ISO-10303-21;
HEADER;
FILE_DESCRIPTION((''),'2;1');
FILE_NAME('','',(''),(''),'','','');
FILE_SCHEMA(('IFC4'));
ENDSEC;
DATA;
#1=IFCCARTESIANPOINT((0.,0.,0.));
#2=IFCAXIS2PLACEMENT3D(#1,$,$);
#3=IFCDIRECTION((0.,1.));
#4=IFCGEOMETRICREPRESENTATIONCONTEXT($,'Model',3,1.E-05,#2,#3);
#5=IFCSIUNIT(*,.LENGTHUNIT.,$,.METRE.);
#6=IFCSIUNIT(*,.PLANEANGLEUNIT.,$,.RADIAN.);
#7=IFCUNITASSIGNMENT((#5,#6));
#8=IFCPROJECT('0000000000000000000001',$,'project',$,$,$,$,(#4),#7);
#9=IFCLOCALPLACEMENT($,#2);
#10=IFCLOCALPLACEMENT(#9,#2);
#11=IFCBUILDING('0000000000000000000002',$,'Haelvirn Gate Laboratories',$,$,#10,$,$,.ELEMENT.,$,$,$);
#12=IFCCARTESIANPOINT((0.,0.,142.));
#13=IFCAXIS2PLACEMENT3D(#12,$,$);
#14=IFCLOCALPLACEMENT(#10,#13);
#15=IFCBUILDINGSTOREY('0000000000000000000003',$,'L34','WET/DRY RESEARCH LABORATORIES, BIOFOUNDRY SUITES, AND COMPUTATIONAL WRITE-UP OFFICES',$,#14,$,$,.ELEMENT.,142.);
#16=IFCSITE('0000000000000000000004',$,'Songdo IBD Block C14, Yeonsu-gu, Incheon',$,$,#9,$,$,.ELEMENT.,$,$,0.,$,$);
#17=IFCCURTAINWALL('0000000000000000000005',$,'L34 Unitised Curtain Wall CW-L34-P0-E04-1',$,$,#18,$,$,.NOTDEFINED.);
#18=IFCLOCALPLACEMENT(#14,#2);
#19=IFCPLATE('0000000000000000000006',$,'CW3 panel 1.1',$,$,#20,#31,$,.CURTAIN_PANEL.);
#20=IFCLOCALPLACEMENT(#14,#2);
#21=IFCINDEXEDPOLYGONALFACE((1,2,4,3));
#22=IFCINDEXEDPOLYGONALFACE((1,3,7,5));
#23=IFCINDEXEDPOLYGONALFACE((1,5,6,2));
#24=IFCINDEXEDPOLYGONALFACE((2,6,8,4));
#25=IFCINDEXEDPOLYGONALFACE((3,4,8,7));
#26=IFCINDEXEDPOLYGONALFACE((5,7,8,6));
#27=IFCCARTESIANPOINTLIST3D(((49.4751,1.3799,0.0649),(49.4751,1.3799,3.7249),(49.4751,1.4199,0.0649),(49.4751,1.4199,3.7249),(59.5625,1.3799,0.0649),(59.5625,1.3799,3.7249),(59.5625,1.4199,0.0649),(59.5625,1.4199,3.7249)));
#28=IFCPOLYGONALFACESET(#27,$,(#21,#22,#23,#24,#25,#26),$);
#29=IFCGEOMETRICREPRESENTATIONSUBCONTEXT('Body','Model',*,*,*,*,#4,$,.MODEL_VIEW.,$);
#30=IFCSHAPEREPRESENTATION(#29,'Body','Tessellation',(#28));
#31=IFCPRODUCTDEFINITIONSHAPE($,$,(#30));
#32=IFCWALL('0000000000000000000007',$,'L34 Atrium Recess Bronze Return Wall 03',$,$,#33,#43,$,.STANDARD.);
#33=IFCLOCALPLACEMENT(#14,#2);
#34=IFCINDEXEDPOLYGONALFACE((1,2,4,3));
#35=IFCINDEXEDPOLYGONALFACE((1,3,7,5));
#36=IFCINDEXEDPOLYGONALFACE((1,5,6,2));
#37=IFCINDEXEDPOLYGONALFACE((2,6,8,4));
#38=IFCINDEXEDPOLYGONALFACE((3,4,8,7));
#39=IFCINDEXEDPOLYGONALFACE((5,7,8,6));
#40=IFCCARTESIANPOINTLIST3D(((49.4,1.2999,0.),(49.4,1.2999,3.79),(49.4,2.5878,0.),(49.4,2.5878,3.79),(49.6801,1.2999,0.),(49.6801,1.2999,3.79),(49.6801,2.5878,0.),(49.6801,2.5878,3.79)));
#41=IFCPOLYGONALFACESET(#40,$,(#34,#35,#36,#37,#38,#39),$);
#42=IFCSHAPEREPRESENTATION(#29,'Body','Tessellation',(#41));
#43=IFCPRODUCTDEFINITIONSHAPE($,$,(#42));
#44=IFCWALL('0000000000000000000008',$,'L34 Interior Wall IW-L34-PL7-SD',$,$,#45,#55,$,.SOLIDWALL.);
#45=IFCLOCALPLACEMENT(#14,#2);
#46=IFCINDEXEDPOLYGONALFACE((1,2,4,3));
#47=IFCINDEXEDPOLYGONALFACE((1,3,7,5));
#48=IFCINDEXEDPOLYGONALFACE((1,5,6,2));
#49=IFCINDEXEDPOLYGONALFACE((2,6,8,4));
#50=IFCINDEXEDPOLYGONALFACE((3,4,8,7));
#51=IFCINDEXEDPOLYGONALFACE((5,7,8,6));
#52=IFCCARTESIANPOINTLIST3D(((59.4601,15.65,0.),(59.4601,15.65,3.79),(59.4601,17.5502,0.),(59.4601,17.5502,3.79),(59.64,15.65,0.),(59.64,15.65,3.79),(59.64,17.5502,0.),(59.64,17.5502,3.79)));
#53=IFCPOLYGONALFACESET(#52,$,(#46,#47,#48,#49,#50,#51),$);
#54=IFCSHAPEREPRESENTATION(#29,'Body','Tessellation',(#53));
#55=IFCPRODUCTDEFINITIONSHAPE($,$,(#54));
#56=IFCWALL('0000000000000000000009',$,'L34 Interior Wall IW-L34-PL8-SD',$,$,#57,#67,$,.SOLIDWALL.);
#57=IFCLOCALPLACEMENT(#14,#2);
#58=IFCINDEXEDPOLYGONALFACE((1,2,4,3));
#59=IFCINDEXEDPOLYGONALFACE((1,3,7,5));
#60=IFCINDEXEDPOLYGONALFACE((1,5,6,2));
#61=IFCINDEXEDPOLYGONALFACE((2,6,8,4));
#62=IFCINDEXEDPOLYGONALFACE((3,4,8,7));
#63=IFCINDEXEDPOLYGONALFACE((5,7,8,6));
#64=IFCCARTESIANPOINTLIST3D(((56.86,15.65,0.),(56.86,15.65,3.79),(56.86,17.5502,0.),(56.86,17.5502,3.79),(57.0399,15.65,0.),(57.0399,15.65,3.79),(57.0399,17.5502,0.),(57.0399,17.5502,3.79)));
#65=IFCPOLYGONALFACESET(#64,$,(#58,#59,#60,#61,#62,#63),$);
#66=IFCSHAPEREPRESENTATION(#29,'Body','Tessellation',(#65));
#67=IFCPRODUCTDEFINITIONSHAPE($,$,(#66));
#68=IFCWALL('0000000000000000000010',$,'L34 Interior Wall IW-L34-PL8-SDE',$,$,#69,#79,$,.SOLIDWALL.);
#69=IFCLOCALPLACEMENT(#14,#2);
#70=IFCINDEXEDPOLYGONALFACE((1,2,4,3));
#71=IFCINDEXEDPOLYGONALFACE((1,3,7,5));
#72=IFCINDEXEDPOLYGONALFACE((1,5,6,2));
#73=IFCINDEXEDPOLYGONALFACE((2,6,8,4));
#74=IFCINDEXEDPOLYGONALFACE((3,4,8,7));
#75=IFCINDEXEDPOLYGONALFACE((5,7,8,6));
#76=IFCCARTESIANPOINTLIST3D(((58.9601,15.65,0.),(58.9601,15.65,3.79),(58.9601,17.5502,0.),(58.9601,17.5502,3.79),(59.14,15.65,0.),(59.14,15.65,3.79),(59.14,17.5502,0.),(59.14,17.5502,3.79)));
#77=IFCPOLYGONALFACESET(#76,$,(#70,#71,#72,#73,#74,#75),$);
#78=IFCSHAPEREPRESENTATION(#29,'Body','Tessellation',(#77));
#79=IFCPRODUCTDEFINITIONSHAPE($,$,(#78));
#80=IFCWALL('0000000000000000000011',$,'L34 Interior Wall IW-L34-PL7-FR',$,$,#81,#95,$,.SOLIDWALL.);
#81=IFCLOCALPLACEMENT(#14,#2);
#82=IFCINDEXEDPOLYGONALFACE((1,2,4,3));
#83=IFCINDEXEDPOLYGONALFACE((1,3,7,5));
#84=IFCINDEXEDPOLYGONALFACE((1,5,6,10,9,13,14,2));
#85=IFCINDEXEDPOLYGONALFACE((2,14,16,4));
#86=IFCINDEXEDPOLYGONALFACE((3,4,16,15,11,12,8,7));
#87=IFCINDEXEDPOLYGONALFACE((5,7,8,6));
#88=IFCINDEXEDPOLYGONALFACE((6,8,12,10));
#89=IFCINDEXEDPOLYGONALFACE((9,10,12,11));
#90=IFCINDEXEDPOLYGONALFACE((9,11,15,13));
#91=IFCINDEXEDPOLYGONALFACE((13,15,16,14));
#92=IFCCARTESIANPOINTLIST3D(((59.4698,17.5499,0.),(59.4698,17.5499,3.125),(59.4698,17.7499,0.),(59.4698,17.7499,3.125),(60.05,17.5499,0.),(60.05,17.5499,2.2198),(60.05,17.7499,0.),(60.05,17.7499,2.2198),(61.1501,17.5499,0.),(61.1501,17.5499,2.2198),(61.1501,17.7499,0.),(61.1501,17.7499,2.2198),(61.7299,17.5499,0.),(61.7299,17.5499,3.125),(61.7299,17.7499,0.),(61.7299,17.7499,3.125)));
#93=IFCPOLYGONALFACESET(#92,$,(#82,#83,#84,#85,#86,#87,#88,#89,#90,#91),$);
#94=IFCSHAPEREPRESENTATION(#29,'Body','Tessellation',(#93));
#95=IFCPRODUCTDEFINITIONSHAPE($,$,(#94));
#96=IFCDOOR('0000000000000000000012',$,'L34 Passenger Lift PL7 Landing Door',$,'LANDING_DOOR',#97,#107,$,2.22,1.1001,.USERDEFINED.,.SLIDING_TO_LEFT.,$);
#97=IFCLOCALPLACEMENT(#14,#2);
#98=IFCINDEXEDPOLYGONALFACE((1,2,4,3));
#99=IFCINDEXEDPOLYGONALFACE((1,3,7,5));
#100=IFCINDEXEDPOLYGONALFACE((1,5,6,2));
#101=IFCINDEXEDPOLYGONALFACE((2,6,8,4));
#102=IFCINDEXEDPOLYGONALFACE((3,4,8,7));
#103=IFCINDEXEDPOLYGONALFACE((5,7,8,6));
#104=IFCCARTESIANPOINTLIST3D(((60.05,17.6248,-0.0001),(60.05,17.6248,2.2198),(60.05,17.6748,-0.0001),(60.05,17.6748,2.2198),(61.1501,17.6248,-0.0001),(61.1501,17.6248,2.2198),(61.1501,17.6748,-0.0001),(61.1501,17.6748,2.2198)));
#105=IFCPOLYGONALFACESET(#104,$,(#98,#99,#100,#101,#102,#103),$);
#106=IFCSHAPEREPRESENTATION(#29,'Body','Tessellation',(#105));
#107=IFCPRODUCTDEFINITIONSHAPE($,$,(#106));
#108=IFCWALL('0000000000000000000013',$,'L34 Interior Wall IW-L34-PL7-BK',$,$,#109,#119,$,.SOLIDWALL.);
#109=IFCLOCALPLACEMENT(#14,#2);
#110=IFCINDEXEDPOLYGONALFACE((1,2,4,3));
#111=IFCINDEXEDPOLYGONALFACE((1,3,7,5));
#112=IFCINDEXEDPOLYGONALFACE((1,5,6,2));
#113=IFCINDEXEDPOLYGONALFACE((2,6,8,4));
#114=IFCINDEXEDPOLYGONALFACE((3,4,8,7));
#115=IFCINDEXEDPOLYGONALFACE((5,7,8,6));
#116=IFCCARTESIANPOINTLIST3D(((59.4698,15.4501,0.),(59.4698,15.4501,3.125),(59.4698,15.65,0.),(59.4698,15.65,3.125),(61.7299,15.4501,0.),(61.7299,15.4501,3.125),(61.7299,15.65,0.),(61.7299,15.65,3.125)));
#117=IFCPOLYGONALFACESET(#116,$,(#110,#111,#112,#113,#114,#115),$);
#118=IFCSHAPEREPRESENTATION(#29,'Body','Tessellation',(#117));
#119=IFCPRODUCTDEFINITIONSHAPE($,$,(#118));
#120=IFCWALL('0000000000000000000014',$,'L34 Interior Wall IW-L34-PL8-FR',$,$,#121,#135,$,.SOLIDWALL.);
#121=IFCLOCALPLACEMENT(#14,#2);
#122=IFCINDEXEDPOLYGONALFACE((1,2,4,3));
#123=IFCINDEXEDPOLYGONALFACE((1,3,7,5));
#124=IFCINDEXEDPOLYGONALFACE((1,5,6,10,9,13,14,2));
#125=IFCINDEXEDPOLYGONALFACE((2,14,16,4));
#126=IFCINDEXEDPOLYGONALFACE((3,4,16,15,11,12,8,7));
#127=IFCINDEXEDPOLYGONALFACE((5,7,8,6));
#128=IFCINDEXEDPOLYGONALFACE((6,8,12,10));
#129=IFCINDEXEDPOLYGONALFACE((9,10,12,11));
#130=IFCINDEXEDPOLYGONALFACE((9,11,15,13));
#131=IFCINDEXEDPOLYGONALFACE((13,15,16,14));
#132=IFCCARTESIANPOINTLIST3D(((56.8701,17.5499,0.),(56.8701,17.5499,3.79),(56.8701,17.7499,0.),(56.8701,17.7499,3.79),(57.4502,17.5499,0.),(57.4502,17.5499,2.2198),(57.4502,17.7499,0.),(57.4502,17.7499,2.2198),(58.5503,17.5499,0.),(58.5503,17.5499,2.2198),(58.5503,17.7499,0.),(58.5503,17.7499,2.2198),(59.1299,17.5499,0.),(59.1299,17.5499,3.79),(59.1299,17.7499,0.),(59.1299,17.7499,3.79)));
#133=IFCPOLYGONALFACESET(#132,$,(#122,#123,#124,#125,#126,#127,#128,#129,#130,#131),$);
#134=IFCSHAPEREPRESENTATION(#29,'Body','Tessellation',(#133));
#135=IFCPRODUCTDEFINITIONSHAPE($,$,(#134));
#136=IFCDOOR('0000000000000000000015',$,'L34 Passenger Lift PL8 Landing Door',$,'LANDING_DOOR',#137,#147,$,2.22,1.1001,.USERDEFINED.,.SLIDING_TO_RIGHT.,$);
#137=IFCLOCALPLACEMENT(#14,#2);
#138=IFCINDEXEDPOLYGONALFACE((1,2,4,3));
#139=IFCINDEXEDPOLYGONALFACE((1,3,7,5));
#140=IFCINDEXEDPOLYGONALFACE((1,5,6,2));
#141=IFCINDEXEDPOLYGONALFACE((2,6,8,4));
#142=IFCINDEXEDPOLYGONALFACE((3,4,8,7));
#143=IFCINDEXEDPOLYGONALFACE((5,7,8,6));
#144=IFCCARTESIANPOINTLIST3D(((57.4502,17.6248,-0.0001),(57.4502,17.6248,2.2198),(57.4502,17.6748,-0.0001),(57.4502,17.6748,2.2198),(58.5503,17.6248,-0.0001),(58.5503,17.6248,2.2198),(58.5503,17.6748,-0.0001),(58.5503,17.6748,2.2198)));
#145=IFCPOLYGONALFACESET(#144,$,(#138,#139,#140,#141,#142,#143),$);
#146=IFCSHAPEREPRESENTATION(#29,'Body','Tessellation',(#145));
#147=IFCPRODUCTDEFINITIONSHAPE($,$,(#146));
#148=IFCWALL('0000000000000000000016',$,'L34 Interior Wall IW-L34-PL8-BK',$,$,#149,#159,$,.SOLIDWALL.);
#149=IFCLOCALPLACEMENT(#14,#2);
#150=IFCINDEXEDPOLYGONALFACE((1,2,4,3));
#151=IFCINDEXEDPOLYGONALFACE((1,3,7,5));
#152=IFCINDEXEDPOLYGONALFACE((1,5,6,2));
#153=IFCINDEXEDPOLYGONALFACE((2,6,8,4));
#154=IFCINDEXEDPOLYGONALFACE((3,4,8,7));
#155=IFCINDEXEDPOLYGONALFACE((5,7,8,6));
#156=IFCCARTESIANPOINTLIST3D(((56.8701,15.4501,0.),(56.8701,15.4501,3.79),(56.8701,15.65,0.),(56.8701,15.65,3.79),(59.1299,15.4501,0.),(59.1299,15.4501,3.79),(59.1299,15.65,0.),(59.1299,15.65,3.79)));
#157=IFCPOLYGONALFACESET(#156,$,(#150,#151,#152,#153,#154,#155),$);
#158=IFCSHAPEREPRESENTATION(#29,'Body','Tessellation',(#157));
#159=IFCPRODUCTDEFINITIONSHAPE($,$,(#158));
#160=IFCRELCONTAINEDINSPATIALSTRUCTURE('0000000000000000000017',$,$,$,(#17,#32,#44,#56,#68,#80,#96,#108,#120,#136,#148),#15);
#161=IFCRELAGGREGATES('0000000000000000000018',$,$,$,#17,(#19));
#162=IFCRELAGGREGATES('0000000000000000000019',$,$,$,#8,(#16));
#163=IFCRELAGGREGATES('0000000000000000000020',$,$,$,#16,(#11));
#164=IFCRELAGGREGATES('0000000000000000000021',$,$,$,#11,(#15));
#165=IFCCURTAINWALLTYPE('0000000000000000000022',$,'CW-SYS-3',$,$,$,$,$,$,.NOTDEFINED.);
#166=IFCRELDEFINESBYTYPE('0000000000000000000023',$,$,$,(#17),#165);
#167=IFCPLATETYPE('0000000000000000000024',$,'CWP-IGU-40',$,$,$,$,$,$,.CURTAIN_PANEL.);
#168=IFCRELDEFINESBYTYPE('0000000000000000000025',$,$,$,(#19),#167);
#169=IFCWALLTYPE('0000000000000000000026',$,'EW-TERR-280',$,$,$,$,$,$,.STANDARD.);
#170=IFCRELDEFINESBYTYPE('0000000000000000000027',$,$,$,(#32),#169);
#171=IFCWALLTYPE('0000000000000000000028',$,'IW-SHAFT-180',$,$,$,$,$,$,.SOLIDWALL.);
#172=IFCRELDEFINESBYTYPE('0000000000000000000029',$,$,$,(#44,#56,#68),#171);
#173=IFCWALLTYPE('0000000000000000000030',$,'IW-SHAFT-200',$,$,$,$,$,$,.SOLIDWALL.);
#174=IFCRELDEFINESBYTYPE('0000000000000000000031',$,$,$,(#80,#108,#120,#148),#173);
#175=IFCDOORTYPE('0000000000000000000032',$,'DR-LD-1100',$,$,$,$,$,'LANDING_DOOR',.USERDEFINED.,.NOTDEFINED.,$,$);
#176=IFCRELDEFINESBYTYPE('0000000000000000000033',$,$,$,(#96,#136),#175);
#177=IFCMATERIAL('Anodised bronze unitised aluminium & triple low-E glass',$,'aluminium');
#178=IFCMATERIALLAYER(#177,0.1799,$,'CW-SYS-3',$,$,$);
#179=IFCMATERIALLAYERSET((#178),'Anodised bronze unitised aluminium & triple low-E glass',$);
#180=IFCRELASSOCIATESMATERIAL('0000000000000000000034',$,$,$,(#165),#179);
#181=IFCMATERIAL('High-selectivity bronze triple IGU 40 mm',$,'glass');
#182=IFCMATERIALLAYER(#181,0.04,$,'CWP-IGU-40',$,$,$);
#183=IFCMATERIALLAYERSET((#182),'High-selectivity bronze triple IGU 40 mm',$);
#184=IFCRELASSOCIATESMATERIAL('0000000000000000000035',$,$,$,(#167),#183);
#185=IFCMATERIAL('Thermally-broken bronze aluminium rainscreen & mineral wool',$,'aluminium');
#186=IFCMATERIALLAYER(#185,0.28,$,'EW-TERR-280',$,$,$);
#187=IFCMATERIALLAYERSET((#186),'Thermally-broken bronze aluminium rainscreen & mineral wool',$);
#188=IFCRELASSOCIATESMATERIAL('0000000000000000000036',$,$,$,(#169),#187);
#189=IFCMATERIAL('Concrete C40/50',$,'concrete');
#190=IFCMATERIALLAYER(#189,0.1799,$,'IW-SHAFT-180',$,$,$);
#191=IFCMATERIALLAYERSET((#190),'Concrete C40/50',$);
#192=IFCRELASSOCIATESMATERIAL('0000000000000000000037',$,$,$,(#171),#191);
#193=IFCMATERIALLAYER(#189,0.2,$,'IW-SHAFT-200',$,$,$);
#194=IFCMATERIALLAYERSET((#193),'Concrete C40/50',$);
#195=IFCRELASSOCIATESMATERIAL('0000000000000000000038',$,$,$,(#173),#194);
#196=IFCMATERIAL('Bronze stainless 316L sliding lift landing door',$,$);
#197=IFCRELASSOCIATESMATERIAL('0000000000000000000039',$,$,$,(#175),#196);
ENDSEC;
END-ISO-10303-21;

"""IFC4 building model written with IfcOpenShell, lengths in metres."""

from ifc_helpers import new_model, si_unit, direction, frame, frame_2d, origin, origin_2d, place, context, subcontext, project, spatial, rectangle, extrude, source, transform, mapped, material, layer, layer_set, type_object, type_shapes, element, fill, aggregate, save


model = new_model("IFC4")

# Units and contexts
model_context = context("Model", 3, precision=1e-05, world=origin(), true_north=direction((0.0, 1.0)))
body_context = subcontext(model_context, "Body", "Model", "MODEL_VIEW")
ifc_project = project(units=[si_unit("LENGTHUNIT", "METRE"), si_unit("PLANEANGLEUNIT", "RADIAN")], contexts=[model_context])

# Site, building, storey
site_placement = place(None, origin())
site = spatial("IfcSite", under=ifc_project, at=site_placement, Name="Songdo IBD Block C14, Yeonsu-gu, Incheon", CompositionType="ELEMENT", RefElevation=0.0)
building_placement = place(site_placement, origin())
building = spatial("IfcBuilding", under=site, at=building_placement, Name="Haelvirn Gate Laboratories", CompositionType="ELEMENT")
storey_placement = place(building_placement, frame((0.0, 0.0, 142.0)))
storey = spatial("IfcBuildingStorey", under=building, at=storey_placement, Name="L34", Description="WET/DRY RESEARCH LABORATORIES, BIOFOUNDRY SUITES, AND COMPUTATIONAL WRITE-UP OFFICES", CompositionType="ELEMENT", Elevation=142.0)

# Curtain wall
ifc_material_1 = material(Name="Anodised bronze unitised aluminium & triple low-E glass", Category="aluminium")
ifc_layer_1 = layer(ifc_material_1, 0.1799, Name="CW-SYS-3")
ifc_layer_set_1 = layer_set([ifc_layer_1], Name="Anodised bronze unitised aluminium & triple low-E glass")
curtain_wall_type = type_object("IfcCurtainWallType", Name="CW-SYS-3", PredefinedType="NOTDEFINED", material=ifc_layer_set_1)
curtain_wall_1_placement = place(storey_placement, origin())
curtain_wall_1 = element("IfcCurtainWall", 1, at=curtain_wall_1_placement, inside=storey, type_object=curtain_wall_type, Name="L34 Unitised Curtain Wall CW-L34-P0-E04-1", PredefinedType="NOTDEFINED")

# Plate
ifc_material_2 = material(Name="High-selectivity bronze triple IGU 40 mm", Category="glass")
ifc_layer_2 = layer(ifc_material_2, 0.04, Name="CWP-IGU-40")
ifc_layer_set_2 = layer_set([ifc_layer_2], Name="High-selectivity bronze triple IGU 40 mm")
plate_type = type_object("IfcPlateType", Name="CWP-IGU-40", PredefinedType="CURTAIN_PANEL", material=ifc_layer_set_2)
shared_shape_1 = source(origin(), body_context, "Body", "SweptSolid", [
    extrude(rectangle(XDim=10.0874, YDim=0.04, at=origin_2d()), origin(), (0.0, 0.0, 1.0), 3.6599),
])
type_shapes(plate_type, [shared_shape_1])
plate_placement = place(storey_placement, frame((54.5188, 1.3999, 0.0649), z_axis=(0.0, 0.0, 1.0), x_axis=(1.0, 0.0, 0.0)))
plate = element("IfcPlate", 2, at=plate_placement, type_object=plate_type, Name="CW3 panel 1.1", PredefinedType="CURTAIN_PANEL", context=body_context, shape_type="MappedRepresentation", body=[
    mapped(shared_shape_1, transform((0.0, 0.0, 0.0), scale=1.0)),
])
aggregate(curtain_wall_1, [plate])

# Walls
ifc_material_3 = material(Name="Thermally-broken bronze aluminium rainscreen & mineral wool", Category="aluminium")
ifc_layer_3 = layer(ifc_material_3, 0.28, Name="EW-TERR-280")
ifc_layer_set_3 = layer_set([ifc_layer_3], Name="Thermally-broken bronze aluminium rainscreen & mineral wool")
wall_type_1 = type_object("IfcWallType", Name="EW-TERR-280", PredefinedType="STANDARD", material=ifc_layer_set_3)
wall_1_placement = place(storey_placement, frame((49.54, 2.5879, 0.0), z_axis=(0.0, 0.0, 1.0), x_axis=(0.0, -1.0, 0.0)))
element("IfcWall", 3, at=wall_1_placement, inside=storey, type_object=wall_type_1, Name="L34 Atrium Recess Bronze Return Wall 03", PredefinedType="STANDARD", context=body_context, shape_type="SweptSolid", body=[
    extrude(rectangle(XDim=1.2878, YDim=0.28, at=frame_2d((0.644, 0.0))), origin(), (0.0, 0.0, 1.0), 3.79),
])
ifc_material_4 = material(Name="Concrete C40/50", Category="concrete")
ifc_layer_4 = layer(ifc_material_4, 0.1799, Name="IW-SHAFT-180")
ifc_layer_set_4 = layer_set([ifc_layer_4], Name="Concrete C40/50")
wall_type_2 = type_object("IfcWallType", Name="IW-SHAFT-180", PredefinedType="SOLIDWALL", material=ifc_layer_set_4)
for number, where, z_axis, x_axis, name in (
    (4, (59.55, 15.6499, 0.0), (0.0, 0.0, 1.0), (0.0, 1.0, 0.0), "L34 Interior Wall IW-L34-PL7-SD"),
    (5, (56.95, 15.6499, 0.0), (0.0, 0.0, 1.0), (0.0, 1.0, 0.0), "L34 Interior Wall IW-L34-PL8-SD"),
    (6, (59.05, 15.6499, 0.0), (0.0, 0.0, 1.0), (0.0, 1.0, 0.0), "L34 Interior Wall IW-L34-PL8-SDE"),
):
    element("IfcWall", number, at=place(storey_placement, frame(where, z_axis=z_axis, x_axis=x_axis)), inside=storey, type_object=wall_type_2, Name=name, PredefinedType="SOLIDWALL", context=body_context, shape_type="SweptSolid", body=[
        extrude(rectangle(XDim=1.9001, YDim=0.1799, at=frame_2d((0.9502, 0.0))), origin(), (0.0, 0.0, 1.0), 3.79),
    ])

# Wall, opening, door
ifc_layer_5 = layer(ifc_material_4, 0.2, Name="IW-SHAFT-200")
ifc_layer_set_5 = layer_set([ifc_layer_5], Name="Concrete C40/50")
wall_type_3 = type_object("IfcWallType", Name="IW-SHAFT-200", PredefinedType="SOLIDWALL", material=ifc_layer_set_5)
wall_2_placement = place(storey_placement, frame((59.47, 17.6499, 0.0), z_axis=(0.0, 0.0, 1.0), x_axis=(1.0, 0.0, 0.0)))
wall_2 = element("IfcWall", 7, at=wall_2_placement, inside=storey, type_object=wall_type_3, Name="L34 Interior Wall IW-L34-PL7-FR", PredefinedType="SOLIDWALL", context=body_context, shape_type="SweptSolid", body=[
    extrude(rectangle(XDim=2.26, YDim=0.2, at=frame_2d((1.1299, 0.0))), origin(), (0.0, 0.0, 1.0), 3.125),
])
opening_1_placement = place(wall_2_placement, frame((0.5801, 0.0, 0.0)))
opening_1 = element("IfcOpeningElement", 8, at=opening_1_placement, cuts=wall_2, PredefinedType="OPENING", context=body_context, shape_type="SweptSolid", body=[
    extrude(rectangle(XDim=1.1001, YDim=2.22, at=frame_2d((0.55, 1.1099))), frame((0.0, 0.1099, 0.0), z_axis=(0.0, -1.0, 0.0), x_axis=(1.0, 0.0, 0.0)), (0.0, 0.0, 1.0), 0.22),
])
ifc_material_5 = material(Name="Bronze stainless 316L sliding lift landing door")
door_type_1 = type_object("IfcDoorType", Name="DR-LD-1100", ElementType="LANDING_DOOR", OperationType="NOTDEFINED", PredefinedType="USERDEFINED", material=ifc_material_5)
shared_shape_2 = source(origin(), body_context, "Body", "SweptSolid", [
    extrude(rectangle(XDim=1.1001, YDim=2.22, at=frame_2d((0.55, 1.1099))), frame((0.0, 0.0249, 0.0), z_axis=(0.0, -1.0, 0.0), x_axis=(1.0, 0.0, 0.0)), (0.0, 0.0, 1.0), 0.05),
])
type_shapes(door_type_1, [shared_shape_2])
door_1_placement = place(opening_1_placement, origin())
door_1 = element("IfcDoor", 9, at=door_1_placement, inside=storey, type_object=door_type_1, Name="L34 Passenger Lift PL7 Landing Door", ObjectType="LANDING_DOOR", OperationType="SLIDING_TO_LEFT", OverallHeight=2.22, OverallWidth=1.1001, PredefinedType="USERDEFINED", context=body_context, shape_type="MappedRepresentation", body=[
    mapped(shared_shape_2, transform((0.0, 0.0, 0.0), scale=1.0)),
])
fill(opening_1, door_1)

# Wall
wall_3_placement = place(storey_placement, frame((59.47, 15.55, 0.0), z_axis=(0.0, 0.0, 1.0), x_axis=(1.0, 0.0, 0.0)))
element("IfcWall", 10, at=wall_3_placement, inside=storey, type_object=wall_type_3, Name="L34 Interior Wall IW-L34-PL7-BK", PredefinedType="SOLIDWALL", context=body_context, shape_type="SweptSolid", body=[
    extrude(rectangle(XDim=2.26, YDim=0.2, at=frame_2d((1.1299, 0.0))), origin(), (0.0, 0.0, 1.0), 3.125),
])

# Wall, opening, door
wall_4_placement = place(storey_placement, frame((56.8701, 17.6499, 0.0), z_axis=(0.0, 0.0, 1.0), x_axis=(1.0, 0.0, 0.0)))
wall_4 = element("IfcWall", 11, at=wall_4_placement, inside=storey, type_object=wall_type_3, Name="L34 Interior Wall IW-L34-PL8-FR", PredefinedType="SOLIDWALL", context=body_context, shape_type="SweptSolid", body=[
    extrude(rectangle(XDim=2.2598, YDim=0.2, at=frame_2d((1.1299, 0.0))), origin(), (0.0, 0.0, 1.0), 3.79),
])
opening_2_placement = place(wall_4_placement, frame((0.5801, 0.0, 0.0)))
opening_2 = element("IfcOpeningElement", 12, at=opening_2_placement, cuts=wall_4, PredefinedType="OPENING", context=body_context, shape_type="SweptSolid", body=[
    extrude(rectangle(XDim=1.1001, YDim=2.22, at=frame_2d((0.55, 1.1099))), frame((0.0, 0.1099, 0.0), z_axis=(0.0, -1.0, 0.0), x_axis=(1.0, 0.0, 0.0)), (0.0, 0.0, 1.0), 0.22),
])
door_2_placement = place(opening_2_placement, origin())
door_2 = element("IfcDoor", 13, at=door_2_placement, inside=storey, type_object=door_type_1, Name="L34 Passenger Lift PL8 Landing Door", ObjectType="LANDING_DOOR", OperationType="SLIDING_TO_RIGHT", OverallHeight=2.22, OverallWidth=1.1001, PredefinedType="USERDEFINED", context=body_context, shape_type="MappedRepresentation", body=[
    mapped(shared_shape_2, transform((0.0, 0.0, 0.0), scale=1.0)),
])
fill(opening_2, door_2)

# Wall
wall_5_placement = place(storey_placement, frame((56.8701, 15.55, 0.0), z_axis=(0.0, 0.0, 1.0), x_axis=(1.0, 0.0, 0.0)))
element("IfcWall", 14, at=wall_5_placement, inside=storey, type_object=wall_type_3, Name="L34 Interior Wall IW-L34-PL8-BK", PredefinedType="SOLIDWALL", context=body_context, shape_type="SweptSolid", body=[
    extrude(rectangle(XDim=2.2598, YDim=0.2, at=frame_2d((1.1299, 0.0))), origin(), (0.0, 0.0, 1.0), 3.79),
])

save(model, "model.ifc")
